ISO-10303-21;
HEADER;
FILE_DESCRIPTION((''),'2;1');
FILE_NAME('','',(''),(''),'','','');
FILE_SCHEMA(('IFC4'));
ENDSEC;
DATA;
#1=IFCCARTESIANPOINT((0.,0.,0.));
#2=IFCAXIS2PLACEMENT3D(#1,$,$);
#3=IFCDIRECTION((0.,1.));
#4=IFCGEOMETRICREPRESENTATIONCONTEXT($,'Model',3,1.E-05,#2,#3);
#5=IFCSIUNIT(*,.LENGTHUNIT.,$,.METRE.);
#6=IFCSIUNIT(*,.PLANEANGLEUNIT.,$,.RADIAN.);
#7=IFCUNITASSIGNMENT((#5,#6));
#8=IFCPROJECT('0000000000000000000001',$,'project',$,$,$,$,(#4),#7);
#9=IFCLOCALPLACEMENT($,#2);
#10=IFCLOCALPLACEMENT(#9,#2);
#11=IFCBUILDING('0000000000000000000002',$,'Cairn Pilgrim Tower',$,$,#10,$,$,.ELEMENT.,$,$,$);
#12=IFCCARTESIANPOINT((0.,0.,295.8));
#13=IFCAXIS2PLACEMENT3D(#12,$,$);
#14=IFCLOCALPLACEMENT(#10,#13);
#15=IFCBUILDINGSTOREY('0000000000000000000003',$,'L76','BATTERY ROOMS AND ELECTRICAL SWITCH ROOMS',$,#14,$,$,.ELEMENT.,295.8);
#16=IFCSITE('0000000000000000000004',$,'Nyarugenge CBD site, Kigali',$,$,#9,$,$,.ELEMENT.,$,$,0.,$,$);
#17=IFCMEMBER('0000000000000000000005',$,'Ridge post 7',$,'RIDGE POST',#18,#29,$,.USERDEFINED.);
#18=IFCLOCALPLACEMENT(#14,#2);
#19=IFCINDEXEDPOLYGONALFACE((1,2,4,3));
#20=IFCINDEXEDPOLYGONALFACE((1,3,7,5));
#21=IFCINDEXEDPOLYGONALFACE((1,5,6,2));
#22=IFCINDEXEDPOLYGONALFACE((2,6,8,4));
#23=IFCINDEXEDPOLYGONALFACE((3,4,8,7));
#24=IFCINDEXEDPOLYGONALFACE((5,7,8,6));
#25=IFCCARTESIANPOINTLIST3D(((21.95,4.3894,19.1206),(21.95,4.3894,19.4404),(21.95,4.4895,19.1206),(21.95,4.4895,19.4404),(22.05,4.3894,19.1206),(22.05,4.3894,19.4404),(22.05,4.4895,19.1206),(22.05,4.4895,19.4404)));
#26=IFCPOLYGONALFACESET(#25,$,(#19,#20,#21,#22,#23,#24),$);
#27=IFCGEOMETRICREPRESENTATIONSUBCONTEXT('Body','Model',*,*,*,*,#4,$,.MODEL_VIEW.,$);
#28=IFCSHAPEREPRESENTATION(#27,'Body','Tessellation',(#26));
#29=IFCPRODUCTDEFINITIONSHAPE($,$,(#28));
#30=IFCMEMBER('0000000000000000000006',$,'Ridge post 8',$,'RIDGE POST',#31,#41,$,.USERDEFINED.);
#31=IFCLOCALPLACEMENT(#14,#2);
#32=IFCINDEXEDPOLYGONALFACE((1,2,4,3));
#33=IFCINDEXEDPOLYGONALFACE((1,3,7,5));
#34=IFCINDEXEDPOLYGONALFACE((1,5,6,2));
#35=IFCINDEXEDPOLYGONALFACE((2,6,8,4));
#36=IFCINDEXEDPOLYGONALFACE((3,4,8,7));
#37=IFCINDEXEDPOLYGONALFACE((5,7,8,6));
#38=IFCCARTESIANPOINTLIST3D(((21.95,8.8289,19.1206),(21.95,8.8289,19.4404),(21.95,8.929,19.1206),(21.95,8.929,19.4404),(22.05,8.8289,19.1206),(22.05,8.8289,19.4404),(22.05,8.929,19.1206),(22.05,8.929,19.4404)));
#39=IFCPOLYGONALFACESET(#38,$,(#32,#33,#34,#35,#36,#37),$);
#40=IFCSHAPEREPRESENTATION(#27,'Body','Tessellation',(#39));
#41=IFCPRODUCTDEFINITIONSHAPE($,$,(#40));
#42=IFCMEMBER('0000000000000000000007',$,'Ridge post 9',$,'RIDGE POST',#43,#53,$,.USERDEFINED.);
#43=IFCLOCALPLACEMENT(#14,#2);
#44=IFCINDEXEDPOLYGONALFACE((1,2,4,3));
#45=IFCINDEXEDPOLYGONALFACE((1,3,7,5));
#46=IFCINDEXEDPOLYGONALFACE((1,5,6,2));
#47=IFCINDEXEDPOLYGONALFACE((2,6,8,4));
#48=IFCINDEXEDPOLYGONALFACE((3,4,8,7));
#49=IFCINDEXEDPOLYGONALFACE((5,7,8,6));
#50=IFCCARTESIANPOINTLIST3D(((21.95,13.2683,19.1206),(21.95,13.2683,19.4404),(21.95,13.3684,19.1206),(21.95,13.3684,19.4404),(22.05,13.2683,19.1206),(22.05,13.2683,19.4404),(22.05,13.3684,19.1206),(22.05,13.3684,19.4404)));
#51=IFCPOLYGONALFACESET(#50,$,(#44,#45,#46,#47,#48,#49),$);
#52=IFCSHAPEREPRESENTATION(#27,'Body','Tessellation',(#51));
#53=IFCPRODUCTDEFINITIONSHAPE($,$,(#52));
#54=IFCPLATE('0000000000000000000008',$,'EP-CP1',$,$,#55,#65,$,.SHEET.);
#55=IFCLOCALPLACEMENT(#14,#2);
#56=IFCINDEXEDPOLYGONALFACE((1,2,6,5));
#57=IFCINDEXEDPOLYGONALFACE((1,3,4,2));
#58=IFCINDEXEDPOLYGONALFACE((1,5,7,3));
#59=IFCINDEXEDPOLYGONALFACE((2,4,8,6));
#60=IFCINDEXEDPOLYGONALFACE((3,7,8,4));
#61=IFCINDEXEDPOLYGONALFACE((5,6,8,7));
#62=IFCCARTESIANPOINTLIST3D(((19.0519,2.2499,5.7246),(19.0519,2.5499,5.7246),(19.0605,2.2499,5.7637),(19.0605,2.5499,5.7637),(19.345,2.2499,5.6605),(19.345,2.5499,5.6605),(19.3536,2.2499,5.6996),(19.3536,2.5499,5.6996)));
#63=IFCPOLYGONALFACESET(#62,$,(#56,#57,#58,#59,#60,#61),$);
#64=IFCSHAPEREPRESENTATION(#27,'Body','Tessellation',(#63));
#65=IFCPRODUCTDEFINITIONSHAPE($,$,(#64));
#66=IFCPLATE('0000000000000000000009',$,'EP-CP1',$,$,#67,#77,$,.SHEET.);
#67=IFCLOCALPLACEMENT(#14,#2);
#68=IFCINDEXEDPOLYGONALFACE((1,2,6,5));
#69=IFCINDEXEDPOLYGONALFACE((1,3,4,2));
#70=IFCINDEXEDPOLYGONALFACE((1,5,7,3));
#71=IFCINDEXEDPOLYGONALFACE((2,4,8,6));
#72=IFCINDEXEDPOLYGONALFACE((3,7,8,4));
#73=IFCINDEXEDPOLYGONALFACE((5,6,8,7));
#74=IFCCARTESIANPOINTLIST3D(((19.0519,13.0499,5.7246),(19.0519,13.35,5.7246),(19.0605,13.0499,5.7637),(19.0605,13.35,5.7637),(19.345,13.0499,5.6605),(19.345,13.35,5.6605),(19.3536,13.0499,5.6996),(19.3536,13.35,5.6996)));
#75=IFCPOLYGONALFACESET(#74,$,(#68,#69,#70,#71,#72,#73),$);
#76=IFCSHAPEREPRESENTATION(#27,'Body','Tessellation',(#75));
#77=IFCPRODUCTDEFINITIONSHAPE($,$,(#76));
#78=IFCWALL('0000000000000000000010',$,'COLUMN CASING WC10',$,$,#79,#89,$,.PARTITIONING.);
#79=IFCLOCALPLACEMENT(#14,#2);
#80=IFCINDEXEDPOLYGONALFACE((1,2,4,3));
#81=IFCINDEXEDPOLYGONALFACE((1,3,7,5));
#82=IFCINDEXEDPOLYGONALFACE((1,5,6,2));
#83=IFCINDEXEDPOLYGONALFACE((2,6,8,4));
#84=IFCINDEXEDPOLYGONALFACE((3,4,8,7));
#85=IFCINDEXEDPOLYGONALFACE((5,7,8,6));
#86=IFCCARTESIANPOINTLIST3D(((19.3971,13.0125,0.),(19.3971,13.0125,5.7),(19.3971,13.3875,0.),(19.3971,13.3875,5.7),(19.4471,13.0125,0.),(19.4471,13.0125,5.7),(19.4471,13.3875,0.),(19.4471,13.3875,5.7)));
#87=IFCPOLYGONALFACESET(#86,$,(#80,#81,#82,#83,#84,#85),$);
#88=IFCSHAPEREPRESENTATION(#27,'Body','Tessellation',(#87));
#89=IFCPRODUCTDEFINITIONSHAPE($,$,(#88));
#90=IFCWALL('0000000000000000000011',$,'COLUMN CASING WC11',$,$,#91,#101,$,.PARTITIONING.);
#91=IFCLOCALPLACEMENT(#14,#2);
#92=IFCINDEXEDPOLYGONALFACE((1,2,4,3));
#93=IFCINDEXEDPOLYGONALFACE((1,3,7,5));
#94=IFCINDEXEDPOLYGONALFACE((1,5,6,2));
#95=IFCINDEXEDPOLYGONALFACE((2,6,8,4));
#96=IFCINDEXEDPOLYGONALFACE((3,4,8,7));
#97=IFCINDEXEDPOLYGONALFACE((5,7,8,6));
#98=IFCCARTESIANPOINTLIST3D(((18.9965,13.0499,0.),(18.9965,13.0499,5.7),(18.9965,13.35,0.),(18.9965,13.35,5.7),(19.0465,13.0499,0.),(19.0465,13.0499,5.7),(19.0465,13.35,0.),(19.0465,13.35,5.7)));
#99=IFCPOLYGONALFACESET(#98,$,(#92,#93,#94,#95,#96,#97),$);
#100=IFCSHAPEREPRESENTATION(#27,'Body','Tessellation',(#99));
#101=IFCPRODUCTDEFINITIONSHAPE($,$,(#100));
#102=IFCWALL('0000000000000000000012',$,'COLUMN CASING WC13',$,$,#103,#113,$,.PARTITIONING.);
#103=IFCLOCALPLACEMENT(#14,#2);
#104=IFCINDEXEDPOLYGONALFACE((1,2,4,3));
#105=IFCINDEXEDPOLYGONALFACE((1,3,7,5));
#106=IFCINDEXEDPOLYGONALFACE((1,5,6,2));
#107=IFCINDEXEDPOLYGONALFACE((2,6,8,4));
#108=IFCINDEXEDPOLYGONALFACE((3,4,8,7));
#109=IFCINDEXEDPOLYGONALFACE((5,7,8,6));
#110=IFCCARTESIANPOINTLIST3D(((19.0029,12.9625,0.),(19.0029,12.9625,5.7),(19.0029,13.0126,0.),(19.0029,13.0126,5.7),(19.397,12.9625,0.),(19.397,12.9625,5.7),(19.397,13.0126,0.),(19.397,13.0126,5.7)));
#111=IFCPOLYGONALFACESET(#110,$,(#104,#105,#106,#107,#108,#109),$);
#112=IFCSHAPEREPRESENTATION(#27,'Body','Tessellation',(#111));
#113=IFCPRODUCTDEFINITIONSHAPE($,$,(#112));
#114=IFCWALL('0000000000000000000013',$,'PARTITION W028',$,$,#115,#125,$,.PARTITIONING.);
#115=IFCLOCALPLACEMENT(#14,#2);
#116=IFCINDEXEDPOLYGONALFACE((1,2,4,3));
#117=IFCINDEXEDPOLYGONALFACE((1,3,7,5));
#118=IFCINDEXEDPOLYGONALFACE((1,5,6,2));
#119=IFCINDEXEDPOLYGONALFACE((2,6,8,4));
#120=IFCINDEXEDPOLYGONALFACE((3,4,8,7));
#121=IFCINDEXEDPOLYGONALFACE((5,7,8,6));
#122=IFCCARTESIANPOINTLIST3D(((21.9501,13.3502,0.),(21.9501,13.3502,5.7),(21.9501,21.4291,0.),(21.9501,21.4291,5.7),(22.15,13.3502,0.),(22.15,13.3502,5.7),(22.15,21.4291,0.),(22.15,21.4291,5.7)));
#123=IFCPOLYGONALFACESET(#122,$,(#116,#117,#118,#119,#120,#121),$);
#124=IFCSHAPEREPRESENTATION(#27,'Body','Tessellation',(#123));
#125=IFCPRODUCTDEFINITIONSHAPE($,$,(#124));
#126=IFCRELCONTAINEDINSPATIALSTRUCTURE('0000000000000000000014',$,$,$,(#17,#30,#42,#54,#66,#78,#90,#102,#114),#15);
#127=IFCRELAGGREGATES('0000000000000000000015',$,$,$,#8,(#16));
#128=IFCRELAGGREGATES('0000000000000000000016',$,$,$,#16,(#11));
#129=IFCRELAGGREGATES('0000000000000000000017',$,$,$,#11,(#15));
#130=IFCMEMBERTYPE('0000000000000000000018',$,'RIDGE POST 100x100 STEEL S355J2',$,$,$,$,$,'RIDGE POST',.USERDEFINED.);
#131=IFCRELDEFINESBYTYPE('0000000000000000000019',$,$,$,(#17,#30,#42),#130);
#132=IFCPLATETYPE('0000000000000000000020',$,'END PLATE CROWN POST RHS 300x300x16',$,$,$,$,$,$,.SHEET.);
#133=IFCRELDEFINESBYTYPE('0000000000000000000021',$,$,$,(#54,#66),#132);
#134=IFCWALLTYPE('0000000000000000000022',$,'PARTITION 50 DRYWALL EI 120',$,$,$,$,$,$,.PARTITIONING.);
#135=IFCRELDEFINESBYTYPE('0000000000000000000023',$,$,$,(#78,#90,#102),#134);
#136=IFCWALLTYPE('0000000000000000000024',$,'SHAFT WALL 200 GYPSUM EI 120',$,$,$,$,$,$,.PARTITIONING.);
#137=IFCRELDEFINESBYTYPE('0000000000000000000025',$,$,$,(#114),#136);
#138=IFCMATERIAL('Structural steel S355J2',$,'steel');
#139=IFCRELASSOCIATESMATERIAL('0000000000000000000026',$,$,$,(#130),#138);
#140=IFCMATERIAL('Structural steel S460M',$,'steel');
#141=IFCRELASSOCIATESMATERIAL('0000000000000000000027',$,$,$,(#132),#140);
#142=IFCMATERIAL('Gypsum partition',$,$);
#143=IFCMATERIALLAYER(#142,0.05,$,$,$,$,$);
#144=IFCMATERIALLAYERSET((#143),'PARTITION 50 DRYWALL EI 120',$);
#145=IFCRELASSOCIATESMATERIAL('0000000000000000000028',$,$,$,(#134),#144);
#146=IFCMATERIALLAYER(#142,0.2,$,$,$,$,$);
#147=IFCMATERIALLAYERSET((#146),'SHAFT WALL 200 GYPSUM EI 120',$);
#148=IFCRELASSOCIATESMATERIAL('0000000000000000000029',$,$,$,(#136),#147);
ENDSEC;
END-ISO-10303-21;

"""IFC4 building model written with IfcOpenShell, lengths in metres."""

from ifc_helpers import new_model, si_unit, direction, frame, frame_2d, origin, origin_2d, place, context, subcontext, project, spatial, rectangle, extrude, material, layer, layer_set, material_profile, profile_set, type_object, element, save


model = new_model("IFC4")

# Units and contexts
model_context = context("Model", 3, precision=1e-05, world=origin(), true_north=direction((0.0, 1.0)))
body_context = subcontext(model_context, "Body", "Model", "MODEL_VIEW")
ifc_project = project(units=[si_unit("LENGTHUNIT", "METRE"), si_unit("PLANEANGLEUNIT", "RADIAN")], contexts=[model_context])

# Site, building, storey
site_placement = place(None, origin())
site = spatial("IfcSite", under=ifc_project, at=site_placement, Name="Nyarugenge CBD site, Kigali", CompositionType="ELEMENT", RefElevation=0.0)
building_placement = place(site_placement, origin())
building = spatial("IfcBuilding", under=site, at=building_placement, Name="Cairn Pilgrim Tower", CompositionType="ELEMENT")
storey_placement = place(building_placement, frame((0.0, 0.0, 295.8)))
storey = spatial("IfcBuildingStorey", under=building, at=storey_placement, Name="L76", Description="BATTERY ROOMS AND ELECTRICAL SWITCH ROOMS", CompositionType="ELEMENT", Elevation=295.8)

# Shared definitions
ifc_material_1 = material(Name="Structural steel S460M", Category="steel")

# Shared definitions
ifc_material_2 = material(Name="Structural steel S355J2", Category="steel")

# Members
ifc_material_profile_1 = material_profile(ifc_material_2, rectangle(XDim=0.1001, YDim=0.1001, at=origin_2d()), Name="RIDGE POST 100x100 STEEL S355J2")
ifc_profile_set_1 = profile_set([ifc_material_profile_1], Name="Structural steel S355J2")
member_type_1 = type_object("IfcMemberType", Name="RIDGE POST 100x100 STEEL S355J2", ElementType="RIDGE POST", PredefinedType="USERDEFINED", material=ifc_profile_set_1)
for number, where, z_axis, x_axis, name in (
    (1, (22.0, 4.4395, 19.1206), (0.0, 0.0, 1.0), (1.0, 0.0, 0.0), "Ridge post 7"),
    (2, (22.0, 8.8789, 19.1206), (0.0, 0.0, 1.0), (1.0, 0.0, 0.0), "Ridge post 8"),
    (3, (22.0, 13.3184, 19.1206), (0.0, 0.0, 1.0), (1.0, 0.0, 0.0), "Ridge post 9"),
):
    element("IfcMember", number, at=place(storey_placement, frame(where, z_axis=z_axis, x_axis=x_axis)), inside=storey, type_object=member_type_1, Name=name, ObjectType="RIDGE POST", PredefinedType="USERDEFINED", context=body_context, shape_type="SweptSolid", body=[
        extrude(rectangle(XDim=0.1001, YDim=0.1001, at=origin_2d()), origin(), (0.0, 0.0, 1.0), 0.3198),
    ])

# Plates
ifc_material_profile_2 = material_profile(ifc_material_1, rectangle(XDim=0.3, YDim=0.3, at=origin_2d()), Name="END PLATE CROWN POST RHS 300x300x16")
ifc_profile_set_2 = profile_set([ifc_material_profile_2], Name="Structural steel S460M")
plate_type = type_object("IfcPlateType", Name="END PLATE CROWN POST RHS 300x300x16", PredefinedType="SHEET", material=ifc_profile_set_2)
for number, where, z_axis, x_axis, name in (
    (4, (19.207, 2.3999, 5.7317), (-0.213697, 0.0, -0.9769), (0.0, -1.0, 0.0), "EP-CP1"),
    (5, (19.207, 13.2, 5.7317), (-0.213697, 0.0, -0.9769), (0.0, -1.0, 0.0), "EP-CP1"),
):
    element("IfcPlate", number, at=place(storey_placement, frame(where, z_axis=z_axis, x_axis=x_axis)), inside=storey, type_object=plate_type, Name=name, PredefinedType="SHEET", context=body_context, shape_type="SweptSolid", body=[
        extrude(rectangle(XDim=0.3, YDim=0.3, at=origin_2d()), origin(), (0.0, 0.0, 1.0), 0.04),
    ])

# Walls
ifc_material_3 = material(Name="Gypsum partition")
ifc_layer_1 = layer(ifc_material_3, 0.05)
ifc_layer_set_1 = layer_set([ifc_layer_1], Name="PARTITION 50 DRYWALL EI 120")
wall_type_1 = type_object("IfcWallType", Name="PARTITION 50 DRYWALL EI 120", PredefinedType="PARTITIONING", material=ifc_layer_set_1)
wall_1_placement = place(storey_placement, frame((19.4221, 13.0125, 0.0), z_axis=(0.0, 0.0, 1.0), x_axis=(0.0, 1.0, 0.0)))
element("IfcWall", 6, at=wall_1_placement, inside=storey, type_object=wall_type_1, Name="COLUMN CASING WC10", PredefinedType="PARTITIONING", context=body_context, shape_type="SweptSolid", body=[
    extrude(rectangle(XDim=0.375, YDim=0.05, at=frame_2d((0.1875, 0.0))), origin(), (0.0, 0.0, 1.0), 5.7),
])
wall_2_placement = place(storey_placement, frame((19.0215, 13.05, 0.0), z_axis=(0.0, 0.0, 1.0), x_axis=(0.0, 1.0, 0.0)))
element("IfcWall", 7, at=wall_2_placement, inside=storey, type_object=wall_type_1, Name="COLUMN CASING WC11", PredefinedType="PARTITIONING", context=body_context, shape_type="SweptSolid", body=[
    extrude(rectangle(XDim=0.3, YDim=0.05, at=frame_2d((0.1499, 0.0))), origin(), (0.0, 0.0, 1.0), 5.7),
])
wall_3_placement = place(storey_placement, frame((19.0029, 12.9875, 0.0), z_axis=(0.0, 0.0, 1.0), x_axis=(1.0, 0.0, 0.0)))
element("IfcWall", 8, at=wall_3_placement, inside=storey, type_object=wall_type_1, Name="COLUMN CASING WC13", PredefinedType="PARTITIONING", context=body_context, shape_type="SweptSolid", body=[
    extrude(rectangle(XDim=0.394, YDim=0.05, at=frame_2d((0.197, 0.0))), origin(), (0.0, 0.0, 1.0), 5.7),
])
ifc_layer_2 = layer(ifc_material_3, 0.2)
ifc_layer_set_2 = layer_set([ifc_layer_2], Name="SHAFT WALL 200 GYPSUM EI 120")
wall_type_2 = type_object("IfcWallType", Name="SHAFT WALL 200 GYPSUM EI 120", PredefinedType="PARTITIONING", material=ifc_layer_set_2)
wall_4_placement = place(storey_placement, frame((22.05, 13.3501, 0.0), z_axis=(0.0, 0.0, 1.0), x_axis=(0.0, 1.0, 0.0)))
element("IfcWall", 9, at=wall_4_placement, inside=storey, type_object=wall_type_2, Name="PARTITION W028", PredefinedType="PARTITIONING", context=body_context, shape_type="SweptSolid", body=[
    extrude(rectangle(XDim=8.0789, YDim=0.2, at=frame_2d((4.0396, 0.0))), origin(), (0.0, 0.0, 1.0), 5.7),
])

save(model, "model.ifc")
